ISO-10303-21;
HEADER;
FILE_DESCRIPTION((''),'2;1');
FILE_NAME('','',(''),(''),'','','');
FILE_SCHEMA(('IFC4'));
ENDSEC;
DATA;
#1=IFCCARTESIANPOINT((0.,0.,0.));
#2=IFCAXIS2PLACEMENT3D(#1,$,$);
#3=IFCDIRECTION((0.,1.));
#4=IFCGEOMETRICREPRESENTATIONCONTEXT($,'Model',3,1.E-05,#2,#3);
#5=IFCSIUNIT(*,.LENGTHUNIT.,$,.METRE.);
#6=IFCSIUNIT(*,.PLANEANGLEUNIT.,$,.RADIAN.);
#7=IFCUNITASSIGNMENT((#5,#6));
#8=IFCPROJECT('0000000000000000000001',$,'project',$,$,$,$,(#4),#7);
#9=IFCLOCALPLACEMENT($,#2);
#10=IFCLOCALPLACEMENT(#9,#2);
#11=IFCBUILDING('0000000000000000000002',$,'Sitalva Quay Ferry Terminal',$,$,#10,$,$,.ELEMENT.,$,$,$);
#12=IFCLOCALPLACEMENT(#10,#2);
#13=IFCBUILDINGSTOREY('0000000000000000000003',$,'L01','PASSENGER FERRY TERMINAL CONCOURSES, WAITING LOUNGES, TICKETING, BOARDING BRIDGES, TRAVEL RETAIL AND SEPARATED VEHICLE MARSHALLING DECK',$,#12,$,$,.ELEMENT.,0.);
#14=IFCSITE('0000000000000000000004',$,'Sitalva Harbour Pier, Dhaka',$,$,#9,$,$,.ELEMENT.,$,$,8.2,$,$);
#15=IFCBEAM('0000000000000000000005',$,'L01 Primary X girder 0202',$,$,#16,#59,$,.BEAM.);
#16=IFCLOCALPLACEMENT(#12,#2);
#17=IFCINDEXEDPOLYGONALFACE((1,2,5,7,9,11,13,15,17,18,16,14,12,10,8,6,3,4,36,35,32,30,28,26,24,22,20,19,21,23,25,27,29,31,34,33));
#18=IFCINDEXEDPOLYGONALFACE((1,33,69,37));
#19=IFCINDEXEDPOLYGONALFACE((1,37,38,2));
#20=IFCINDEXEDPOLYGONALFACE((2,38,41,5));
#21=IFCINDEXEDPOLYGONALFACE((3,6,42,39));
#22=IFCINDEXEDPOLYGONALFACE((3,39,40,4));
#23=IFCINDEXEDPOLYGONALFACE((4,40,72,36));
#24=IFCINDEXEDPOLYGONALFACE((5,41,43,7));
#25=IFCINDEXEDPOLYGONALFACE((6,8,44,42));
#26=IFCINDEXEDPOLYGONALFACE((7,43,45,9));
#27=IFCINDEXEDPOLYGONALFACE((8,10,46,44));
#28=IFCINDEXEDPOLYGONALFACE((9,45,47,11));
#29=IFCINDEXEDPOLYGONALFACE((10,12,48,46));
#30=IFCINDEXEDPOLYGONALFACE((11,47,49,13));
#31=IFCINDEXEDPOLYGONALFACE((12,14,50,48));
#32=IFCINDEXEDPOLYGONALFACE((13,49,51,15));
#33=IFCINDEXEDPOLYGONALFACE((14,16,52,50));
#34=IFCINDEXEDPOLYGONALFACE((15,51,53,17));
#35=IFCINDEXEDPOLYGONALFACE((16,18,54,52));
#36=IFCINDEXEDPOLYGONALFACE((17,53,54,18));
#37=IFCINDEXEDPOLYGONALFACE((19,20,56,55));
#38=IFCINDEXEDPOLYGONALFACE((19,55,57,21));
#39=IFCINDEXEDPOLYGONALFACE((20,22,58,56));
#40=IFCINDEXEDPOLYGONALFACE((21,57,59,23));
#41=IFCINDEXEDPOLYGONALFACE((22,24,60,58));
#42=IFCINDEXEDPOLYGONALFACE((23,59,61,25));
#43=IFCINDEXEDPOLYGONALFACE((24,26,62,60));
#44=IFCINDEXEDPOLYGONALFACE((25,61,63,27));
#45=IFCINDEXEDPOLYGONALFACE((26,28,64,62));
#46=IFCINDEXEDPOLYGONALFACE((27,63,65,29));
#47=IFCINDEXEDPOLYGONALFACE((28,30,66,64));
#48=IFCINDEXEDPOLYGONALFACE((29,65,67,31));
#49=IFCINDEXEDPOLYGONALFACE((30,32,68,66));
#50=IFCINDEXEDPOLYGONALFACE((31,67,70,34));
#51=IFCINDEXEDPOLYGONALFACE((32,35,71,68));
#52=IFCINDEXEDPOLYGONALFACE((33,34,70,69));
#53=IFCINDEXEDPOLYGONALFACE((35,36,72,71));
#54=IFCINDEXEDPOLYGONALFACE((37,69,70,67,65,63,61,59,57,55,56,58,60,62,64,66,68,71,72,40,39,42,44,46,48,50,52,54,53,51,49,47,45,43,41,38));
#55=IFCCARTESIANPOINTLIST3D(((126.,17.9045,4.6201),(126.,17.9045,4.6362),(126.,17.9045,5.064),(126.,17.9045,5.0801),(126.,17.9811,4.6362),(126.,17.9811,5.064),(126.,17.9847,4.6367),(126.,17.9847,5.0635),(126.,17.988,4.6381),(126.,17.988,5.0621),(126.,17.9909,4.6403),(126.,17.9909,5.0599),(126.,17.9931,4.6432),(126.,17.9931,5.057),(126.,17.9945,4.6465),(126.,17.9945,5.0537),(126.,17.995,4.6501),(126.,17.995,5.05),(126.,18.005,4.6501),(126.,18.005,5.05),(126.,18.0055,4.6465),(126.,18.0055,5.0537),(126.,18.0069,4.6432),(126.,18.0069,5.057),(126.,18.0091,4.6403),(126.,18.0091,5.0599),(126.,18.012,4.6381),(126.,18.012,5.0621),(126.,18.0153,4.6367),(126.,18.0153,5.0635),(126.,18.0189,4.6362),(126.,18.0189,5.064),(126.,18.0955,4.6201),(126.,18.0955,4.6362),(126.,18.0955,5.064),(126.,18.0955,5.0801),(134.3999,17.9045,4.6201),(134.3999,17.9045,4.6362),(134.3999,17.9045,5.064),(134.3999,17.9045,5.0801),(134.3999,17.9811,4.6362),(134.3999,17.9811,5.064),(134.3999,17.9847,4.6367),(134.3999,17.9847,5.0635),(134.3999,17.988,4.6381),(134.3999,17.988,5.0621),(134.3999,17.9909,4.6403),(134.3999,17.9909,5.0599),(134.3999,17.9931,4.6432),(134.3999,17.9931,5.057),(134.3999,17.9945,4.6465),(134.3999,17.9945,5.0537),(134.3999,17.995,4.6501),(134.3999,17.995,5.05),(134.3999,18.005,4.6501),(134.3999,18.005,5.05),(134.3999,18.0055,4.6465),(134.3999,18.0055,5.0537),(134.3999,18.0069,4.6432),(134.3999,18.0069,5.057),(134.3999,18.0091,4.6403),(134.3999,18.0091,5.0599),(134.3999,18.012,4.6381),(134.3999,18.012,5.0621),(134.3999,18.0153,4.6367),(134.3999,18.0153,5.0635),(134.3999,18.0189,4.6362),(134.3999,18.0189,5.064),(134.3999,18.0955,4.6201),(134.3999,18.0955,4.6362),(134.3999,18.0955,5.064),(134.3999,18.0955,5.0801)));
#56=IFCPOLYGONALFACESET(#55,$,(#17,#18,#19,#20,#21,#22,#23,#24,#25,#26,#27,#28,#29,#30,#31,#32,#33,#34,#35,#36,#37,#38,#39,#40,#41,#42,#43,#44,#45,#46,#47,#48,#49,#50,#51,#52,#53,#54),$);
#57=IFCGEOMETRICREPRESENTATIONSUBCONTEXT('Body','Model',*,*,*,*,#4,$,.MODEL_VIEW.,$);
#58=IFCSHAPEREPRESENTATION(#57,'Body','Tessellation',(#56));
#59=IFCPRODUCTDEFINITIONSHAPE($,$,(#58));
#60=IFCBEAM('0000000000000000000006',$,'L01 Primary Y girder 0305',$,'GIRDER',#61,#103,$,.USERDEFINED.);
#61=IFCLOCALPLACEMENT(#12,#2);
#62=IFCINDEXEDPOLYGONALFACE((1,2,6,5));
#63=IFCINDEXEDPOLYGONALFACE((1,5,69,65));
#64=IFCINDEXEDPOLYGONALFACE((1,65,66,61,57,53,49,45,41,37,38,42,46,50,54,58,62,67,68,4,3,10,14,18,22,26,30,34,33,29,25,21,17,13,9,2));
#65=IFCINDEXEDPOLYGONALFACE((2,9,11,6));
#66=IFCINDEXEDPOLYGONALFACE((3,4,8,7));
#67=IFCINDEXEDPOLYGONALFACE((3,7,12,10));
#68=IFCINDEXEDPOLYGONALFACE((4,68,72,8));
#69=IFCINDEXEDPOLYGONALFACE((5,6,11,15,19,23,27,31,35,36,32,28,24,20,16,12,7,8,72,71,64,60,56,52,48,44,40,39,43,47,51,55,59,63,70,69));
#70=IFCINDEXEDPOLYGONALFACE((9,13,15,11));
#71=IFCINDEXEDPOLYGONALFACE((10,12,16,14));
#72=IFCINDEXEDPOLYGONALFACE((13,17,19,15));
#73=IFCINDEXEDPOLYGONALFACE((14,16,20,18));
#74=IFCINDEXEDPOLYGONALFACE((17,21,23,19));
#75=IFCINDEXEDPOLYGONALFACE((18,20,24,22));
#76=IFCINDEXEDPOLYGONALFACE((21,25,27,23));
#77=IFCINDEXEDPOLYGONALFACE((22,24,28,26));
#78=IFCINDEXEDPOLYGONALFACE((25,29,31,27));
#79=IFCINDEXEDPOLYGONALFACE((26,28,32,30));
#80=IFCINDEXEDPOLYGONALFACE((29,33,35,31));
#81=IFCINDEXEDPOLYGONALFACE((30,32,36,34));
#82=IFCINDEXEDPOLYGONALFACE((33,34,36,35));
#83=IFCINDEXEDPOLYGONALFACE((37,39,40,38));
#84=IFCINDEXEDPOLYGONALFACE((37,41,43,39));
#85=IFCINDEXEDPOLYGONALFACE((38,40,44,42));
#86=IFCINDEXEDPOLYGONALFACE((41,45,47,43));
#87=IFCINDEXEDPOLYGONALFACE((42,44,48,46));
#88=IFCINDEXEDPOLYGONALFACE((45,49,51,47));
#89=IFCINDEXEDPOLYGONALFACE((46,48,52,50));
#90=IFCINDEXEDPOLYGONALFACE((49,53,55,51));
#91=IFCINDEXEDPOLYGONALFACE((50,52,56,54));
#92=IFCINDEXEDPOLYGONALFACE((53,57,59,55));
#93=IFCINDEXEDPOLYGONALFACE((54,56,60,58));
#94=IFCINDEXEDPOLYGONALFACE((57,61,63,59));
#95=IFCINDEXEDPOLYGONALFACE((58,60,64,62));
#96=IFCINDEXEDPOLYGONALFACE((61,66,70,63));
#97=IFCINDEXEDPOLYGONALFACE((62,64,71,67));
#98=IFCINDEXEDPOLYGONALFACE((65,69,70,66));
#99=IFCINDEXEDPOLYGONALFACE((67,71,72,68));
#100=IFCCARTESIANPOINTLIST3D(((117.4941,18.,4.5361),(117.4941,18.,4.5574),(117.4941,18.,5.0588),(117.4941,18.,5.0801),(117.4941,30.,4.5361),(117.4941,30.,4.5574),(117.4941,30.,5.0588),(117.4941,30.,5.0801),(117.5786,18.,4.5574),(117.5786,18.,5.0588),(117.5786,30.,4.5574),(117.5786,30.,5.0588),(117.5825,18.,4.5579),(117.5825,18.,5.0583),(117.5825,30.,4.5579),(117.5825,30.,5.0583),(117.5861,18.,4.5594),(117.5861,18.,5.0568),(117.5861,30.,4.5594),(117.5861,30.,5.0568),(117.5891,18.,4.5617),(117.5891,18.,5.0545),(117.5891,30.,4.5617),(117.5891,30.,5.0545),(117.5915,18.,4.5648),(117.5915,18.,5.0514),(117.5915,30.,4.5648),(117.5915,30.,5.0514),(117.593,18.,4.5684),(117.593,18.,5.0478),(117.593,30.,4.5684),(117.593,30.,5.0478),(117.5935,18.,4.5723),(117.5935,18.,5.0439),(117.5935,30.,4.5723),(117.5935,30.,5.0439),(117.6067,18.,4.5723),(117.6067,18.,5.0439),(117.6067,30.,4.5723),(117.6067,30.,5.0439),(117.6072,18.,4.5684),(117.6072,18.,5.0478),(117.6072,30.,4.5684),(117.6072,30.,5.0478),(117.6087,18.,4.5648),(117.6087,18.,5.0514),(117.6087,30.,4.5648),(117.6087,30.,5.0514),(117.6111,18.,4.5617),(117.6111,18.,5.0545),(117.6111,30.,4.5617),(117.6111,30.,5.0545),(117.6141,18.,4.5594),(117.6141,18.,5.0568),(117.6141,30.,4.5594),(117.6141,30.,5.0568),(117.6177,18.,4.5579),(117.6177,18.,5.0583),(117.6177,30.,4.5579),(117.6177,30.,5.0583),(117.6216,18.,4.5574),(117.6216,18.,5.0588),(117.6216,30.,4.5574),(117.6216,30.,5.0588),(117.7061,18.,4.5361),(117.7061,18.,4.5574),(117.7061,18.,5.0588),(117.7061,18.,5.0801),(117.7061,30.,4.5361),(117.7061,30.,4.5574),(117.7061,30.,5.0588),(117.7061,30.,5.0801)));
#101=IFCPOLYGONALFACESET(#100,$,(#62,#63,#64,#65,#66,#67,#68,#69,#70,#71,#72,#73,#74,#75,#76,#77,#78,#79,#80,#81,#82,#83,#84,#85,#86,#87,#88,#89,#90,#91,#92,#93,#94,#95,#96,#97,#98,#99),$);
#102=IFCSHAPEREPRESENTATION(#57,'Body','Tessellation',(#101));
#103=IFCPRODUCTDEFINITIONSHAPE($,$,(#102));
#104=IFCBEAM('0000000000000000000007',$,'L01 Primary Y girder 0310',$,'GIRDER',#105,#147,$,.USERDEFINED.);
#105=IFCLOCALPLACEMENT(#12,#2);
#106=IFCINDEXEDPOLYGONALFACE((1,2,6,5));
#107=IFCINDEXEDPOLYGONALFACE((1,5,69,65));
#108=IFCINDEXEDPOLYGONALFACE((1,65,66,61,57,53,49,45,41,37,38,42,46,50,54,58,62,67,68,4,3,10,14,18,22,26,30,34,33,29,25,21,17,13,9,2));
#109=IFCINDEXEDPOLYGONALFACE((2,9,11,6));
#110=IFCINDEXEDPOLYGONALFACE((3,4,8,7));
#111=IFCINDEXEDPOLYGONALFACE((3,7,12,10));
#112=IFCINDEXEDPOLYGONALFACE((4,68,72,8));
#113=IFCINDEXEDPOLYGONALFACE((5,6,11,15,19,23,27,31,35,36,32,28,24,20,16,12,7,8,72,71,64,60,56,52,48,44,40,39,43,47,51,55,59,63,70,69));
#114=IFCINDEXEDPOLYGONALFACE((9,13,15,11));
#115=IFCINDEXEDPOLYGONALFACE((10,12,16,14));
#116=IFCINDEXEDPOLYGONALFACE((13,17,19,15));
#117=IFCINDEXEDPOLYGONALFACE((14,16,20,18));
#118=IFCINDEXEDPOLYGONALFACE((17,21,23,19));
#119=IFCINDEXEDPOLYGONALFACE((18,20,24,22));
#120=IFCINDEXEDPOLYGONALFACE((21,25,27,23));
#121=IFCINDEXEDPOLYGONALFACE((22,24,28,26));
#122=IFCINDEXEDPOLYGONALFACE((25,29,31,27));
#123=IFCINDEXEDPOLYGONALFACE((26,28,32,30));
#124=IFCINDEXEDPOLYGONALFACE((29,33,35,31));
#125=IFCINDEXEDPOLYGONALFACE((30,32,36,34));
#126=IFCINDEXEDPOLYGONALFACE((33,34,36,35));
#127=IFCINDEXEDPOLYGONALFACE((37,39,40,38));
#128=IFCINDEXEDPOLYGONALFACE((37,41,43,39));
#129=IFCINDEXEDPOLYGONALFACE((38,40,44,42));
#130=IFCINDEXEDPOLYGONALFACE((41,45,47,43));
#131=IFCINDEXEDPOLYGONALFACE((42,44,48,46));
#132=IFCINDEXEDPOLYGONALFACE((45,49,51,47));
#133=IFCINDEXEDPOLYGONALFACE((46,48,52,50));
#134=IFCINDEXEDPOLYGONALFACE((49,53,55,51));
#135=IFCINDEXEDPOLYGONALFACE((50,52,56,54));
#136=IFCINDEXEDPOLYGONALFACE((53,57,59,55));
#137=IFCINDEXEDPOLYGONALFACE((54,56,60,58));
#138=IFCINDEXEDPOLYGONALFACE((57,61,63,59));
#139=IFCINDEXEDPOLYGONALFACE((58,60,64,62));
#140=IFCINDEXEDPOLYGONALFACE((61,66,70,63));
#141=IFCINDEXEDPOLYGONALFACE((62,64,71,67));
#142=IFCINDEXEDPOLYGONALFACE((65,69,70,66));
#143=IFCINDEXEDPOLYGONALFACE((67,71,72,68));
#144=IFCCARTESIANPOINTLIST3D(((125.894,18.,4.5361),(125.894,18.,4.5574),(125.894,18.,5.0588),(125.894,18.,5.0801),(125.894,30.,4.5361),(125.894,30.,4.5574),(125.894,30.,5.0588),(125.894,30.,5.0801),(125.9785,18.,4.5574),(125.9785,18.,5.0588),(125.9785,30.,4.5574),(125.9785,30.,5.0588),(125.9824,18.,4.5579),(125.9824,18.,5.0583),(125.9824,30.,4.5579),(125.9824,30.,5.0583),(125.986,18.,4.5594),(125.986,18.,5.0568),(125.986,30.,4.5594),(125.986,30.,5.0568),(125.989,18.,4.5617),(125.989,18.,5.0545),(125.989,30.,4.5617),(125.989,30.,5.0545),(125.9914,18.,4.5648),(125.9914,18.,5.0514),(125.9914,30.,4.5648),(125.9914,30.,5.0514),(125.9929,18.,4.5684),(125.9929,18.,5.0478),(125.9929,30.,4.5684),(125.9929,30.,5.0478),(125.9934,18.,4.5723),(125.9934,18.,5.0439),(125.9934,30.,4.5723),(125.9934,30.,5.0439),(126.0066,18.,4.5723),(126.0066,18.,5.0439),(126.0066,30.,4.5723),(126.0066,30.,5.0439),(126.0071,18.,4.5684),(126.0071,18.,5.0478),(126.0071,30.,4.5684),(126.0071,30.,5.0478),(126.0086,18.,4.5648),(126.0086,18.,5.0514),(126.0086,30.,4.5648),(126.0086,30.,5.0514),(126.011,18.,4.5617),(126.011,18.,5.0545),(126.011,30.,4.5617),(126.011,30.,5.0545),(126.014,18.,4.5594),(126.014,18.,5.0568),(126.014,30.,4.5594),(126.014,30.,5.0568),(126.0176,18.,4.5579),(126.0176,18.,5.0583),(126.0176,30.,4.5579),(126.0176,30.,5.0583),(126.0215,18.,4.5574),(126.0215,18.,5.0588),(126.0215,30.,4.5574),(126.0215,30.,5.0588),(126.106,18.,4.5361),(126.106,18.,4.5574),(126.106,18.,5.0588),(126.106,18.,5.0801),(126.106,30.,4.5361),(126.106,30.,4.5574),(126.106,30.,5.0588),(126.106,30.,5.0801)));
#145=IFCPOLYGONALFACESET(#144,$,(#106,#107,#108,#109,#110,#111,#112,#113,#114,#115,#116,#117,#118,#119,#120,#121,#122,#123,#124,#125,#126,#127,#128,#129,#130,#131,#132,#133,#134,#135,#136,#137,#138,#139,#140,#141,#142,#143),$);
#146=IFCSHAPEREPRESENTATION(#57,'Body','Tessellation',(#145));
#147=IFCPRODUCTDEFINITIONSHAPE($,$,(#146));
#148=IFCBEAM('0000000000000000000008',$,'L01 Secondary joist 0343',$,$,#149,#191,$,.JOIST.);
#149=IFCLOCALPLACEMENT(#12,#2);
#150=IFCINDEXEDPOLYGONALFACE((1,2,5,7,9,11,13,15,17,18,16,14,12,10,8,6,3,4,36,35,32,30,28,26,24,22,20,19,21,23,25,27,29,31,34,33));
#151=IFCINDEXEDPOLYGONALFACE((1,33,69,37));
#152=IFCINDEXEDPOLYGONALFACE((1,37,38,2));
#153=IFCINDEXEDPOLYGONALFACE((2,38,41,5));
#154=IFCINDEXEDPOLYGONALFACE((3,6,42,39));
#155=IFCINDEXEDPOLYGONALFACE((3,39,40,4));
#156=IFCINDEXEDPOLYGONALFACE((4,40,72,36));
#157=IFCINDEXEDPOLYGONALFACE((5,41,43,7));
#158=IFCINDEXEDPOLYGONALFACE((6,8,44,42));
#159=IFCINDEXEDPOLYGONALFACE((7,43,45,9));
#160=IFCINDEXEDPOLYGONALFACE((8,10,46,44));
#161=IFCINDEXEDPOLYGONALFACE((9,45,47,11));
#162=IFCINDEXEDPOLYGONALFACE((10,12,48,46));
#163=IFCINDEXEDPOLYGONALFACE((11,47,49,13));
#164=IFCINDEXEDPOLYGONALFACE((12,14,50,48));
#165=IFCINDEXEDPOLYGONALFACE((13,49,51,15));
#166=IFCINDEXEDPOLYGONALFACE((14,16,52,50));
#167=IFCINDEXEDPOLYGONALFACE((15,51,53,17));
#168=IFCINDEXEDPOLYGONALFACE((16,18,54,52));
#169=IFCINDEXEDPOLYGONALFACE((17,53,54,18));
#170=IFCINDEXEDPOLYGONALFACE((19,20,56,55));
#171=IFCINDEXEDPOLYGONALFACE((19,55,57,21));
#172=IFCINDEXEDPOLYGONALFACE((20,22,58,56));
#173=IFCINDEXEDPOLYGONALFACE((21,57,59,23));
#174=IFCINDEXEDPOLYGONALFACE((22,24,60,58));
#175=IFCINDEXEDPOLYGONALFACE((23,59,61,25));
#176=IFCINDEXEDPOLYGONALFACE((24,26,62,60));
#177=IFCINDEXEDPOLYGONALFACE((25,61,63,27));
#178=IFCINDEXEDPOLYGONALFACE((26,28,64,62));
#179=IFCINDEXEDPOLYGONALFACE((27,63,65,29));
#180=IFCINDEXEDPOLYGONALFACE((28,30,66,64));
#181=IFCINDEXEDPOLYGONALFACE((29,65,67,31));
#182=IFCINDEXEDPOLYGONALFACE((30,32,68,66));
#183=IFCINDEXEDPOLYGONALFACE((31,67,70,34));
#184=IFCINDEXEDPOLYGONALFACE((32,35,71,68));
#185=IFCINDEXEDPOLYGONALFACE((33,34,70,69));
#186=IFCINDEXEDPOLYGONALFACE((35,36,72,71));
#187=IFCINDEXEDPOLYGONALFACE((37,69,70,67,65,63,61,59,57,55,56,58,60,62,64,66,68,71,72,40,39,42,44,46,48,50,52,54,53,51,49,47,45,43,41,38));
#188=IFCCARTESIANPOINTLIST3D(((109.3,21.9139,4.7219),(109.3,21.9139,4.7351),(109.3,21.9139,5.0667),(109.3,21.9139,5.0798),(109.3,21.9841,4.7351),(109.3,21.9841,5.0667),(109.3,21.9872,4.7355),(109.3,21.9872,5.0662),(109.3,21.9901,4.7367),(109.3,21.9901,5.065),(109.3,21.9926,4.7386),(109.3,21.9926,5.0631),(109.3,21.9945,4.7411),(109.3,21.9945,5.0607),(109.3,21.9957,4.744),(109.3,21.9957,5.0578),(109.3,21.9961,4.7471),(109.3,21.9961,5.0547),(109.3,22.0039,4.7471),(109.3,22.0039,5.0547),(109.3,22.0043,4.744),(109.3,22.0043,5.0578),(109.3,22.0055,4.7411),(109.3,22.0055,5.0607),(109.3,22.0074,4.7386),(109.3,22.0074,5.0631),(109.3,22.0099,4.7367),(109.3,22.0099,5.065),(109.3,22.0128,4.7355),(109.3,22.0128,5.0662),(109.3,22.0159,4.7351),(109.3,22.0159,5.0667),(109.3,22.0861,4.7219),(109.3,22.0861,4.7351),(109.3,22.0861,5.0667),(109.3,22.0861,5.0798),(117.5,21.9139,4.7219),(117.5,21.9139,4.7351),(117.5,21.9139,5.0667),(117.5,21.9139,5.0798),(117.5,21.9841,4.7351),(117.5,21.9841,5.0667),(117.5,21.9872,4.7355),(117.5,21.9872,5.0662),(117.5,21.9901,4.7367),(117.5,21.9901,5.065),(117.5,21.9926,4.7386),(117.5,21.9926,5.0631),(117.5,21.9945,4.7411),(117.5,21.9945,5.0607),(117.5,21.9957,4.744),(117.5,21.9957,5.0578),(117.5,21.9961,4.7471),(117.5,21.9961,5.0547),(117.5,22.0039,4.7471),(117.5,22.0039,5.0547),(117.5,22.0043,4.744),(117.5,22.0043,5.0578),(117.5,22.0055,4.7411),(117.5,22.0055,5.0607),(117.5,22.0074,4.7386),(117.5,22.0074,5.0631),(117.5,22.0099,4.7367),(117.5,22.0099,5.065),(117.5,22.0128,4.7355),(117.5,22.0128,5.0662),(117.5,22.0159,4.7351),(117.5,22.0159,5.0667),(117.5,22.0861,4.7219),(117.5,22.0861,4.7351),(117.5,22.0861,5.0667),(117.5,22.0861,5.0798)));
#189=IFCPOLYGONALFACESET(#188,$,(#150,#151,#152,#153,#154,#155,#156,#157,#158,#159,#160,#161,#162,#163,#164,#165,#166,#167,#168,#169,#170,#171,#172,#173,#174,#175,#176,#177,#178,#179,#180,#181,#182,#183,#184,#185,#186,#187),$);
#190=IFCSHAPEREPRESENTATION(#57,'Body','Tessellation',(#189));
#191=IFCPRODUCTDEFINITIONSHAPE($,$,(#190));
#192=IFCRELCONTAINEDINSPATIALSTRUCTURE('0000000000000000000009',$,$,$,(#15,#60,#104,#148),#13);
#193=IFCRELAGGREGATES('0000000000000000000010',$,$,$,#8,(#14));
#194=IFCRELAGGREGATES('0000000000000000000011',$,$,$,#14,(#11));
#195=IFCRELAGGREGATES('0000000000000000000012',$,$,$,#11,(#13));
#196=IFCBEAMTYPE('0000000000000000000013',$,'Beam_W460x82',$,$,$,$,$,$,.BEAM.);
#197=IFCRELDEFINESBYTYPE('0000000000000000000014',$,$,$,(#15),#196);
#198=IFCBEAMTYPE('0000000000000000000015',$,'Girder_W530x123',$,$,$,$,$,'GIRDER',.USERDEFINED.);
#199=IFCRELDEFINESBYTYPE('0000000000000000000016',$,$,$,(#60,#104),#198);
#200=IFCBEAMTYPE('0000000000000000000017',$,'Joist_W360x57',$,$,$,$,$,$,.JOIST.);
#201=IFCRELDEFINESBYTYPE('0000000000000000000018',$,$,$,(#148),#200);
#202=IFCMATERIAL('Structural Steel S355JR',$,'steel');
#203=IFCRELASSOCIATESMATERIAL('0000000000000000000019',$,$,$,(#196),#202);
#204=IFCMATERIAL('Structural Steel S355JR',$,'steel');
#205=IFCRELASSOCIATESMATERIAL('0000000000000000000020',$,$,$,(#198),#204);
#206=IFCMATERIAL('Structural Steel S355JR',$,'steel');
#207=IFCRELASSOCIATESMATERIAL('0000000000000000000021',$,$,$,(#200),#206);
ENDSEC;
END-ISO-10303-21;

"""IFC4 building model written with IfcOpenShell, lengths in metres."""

from ifc_helpers import new_model, si_unit, direction, frame, origin, origin_2d, place, context, subcontext, project, spatial, i_section, extrude, material, material_profile, profile_set, type_object, element, save


model = new_model("IFC4")

# Units and contexts
model_context = context("Model", 3, precision=1e-05, world=origin(), true_north=direction((0.0, 1.0)))
body_context = subcontext(model_context, "Body", "Model", "MODEL_VIEW")
ifc_project = project(units=[si_unit("LENGTHUNIT", "METRE"), si_unit("PLANEANGLEUNIT", "RADIAN")], contexts=[model_context])

# Site, building, storey
site_placement = place(None, origin())
site = spatial("IfcSite", under=ifc_project, at=site_placement, Name="Sitalva Harbour Pier, Dhaka", CompositionType="ELEMENT", RefElevation=8.2)
building_placement = place(site_placement, origin())
building = spatial("IfcBuilding", under=site, at=building_placement, Name="Sitalva Quay Ferry Terminal", CompositionType="ELEMENT")
storey_placement = place(building_placement, origin())
storey = spatial("IfcBuildingStorey", under=building, at=storey_placement, Name="L01", Description="PASSENGER FERRY TERMINAL CONCOURSES, WAITING LOUNGES, TICKETING, BOARDING BRIDGES, TRAVEL RETAIL AND SEPARATED VEHICLE MARSHALLING DECK", CompositionType="ELEMENT", Elevation=0.0)

# Beams
ifc_material_1 = material(Name="Structural Steel S355JR", Category="steel")
ifc_material_profile_1 = material_profile(ifc_material_1, i_section(OverallWidth=0.1909, OverallDepth=0.46, WebThickness=0.01, FlangeThickness=0.0161, FilletRadius=0.0139, at=origin_2d()), Name="W460x82")
ifc_profile_set_1 = profile_set([ifc_material_profile_1], Name="Structural Steel S355JR")
beam_type_1 = type_object("IfcBeamType", Name="Beam_W460x82", PredefinedType="BEAM", material=ifc_profile_set_1)
for number, where, z_axis, x_axis, name in (
    (1, (126.0, 18.0, 4.8501), (1.0, 0.0, 0.0), (0.0, 1.0, 0.0), "L01 Primary X girder 0202"),
):
    element("IfcBeam", number, at=place(storey_placement, frame(where, z_axis=z_axis, x_axis=x_axis)), inside=storey, type_object=beam_type_1, Name=name, PredefinedType="BEAM", context=body_context, shape_type="SweptSolid", body=[
        extrude(i_section(OverallWidth=0.1909, OverallDepth=0.46, WebThickness=0.01, FlangeThickness=0.0161, FilletRadius=0.0139, at=origin_2d()), origin(), (0.0, 0.0, 1.0), 8.3999),
    ])
ifc_material_2 = material(Name="Structural Steel S355JR", Category="steel")
ifc_material_profile_2 = material_profile(ifc_material_2, i_section(OverallWidth=0.2119, OverallDepth=0.5439, WebThickness=0.0132, FlangeThickness=0.0212, FilletRadius=0.0149, at=origin_2d()), Name="W530x123")
ifc_profile_set_2 = profile_set([ifc_material_profile_2], Name="Structural Steel S355JR")
beam_type_2 = type_object("IfcBeamType", Name="Girder_W530x123", ElementType="GIRDER", PredefinedType="USERDEFINED", material=ifc_profile_set_2)
for number, where, z_axis, x_axis, name in (
    (2, (117.6001, 18.0, 4.8081), (0.0, 1.0, 0.0), (-1.0, 0.0, 0.0), "L01 Primary Y girder 0305"),
    (3, (126.0, 18.0, 4.8081), (0.0, 1.0, 0.0), (-1.0, 0.0, 0.0), "L01 Primary Y girder 0310"),
):
    element("IfcBeam", number, at=place(storey_placement, frame(where, z_axis=z_axis, x_axis=x_axis)), inside=storey, type_object=beam_type_2, Name=name, ObjectType="GIRDER", PredefinedType="USERDEFINED", context=body_context, shape_type="SweptSolid", body=[
        extrude(i_section(OverallWidth=0.2119, OverallDepth=0.5439, WebThickness=0.0132, FlangeThickness=0.0212, FilletRadius=0.0149, at=origin_2d()), origin(), (0.0, 0.0, 1.0), 12.0),
    ])
ifc_material_3 = material(Name="Structural Steel S355JR", Category="steel")
ifc_material_profile_3 = material_profile(ifc_material_3, i_section(OverallWidth=0.1721, OverallDepth=0.3579, WebThickness=0.0078, FlangeThickness=0.0132, FilletRadius=0.012, at=origin_2d()), Name="W360x57")
ifc_profile_set_3 = profile_set([ifc_material_profile_3], Name="Structural Steel S355JR")
beam_type_3 = type_object("IfcBeamType", Name="Joist_W360x57", PredefinedType="JOIST", material=ifc_profile_set_3)
for number, where, z_axis, x_axis, name in (
    (4, (109.3, 22.0, 4.9009), (1.0, 0.0, 0.0), (0.0, 1.0, 0.0), "L01 Secondary joist 0343"),
):
    element("IfcBeam", number, at=place(storey_placement, frame(where, z_axis=z_axis, x_axis=x_axis)), inside=storey, type_object=beam_type_3, Name=name, PredefinedType="JOIST", context=body_context, shape_type="SweptSolid", body=[
        extrude(i_section(OverallWidth=0.1721, OverallDepth=0.3579, WebThickness=0.0078, FlangeThickness=0.0132, FilletRadius=0.012, at=origin_2d()), origin(), (0.0, 0.0, 1.0), 8.2),
    ])

save(model, "model.ifc")
